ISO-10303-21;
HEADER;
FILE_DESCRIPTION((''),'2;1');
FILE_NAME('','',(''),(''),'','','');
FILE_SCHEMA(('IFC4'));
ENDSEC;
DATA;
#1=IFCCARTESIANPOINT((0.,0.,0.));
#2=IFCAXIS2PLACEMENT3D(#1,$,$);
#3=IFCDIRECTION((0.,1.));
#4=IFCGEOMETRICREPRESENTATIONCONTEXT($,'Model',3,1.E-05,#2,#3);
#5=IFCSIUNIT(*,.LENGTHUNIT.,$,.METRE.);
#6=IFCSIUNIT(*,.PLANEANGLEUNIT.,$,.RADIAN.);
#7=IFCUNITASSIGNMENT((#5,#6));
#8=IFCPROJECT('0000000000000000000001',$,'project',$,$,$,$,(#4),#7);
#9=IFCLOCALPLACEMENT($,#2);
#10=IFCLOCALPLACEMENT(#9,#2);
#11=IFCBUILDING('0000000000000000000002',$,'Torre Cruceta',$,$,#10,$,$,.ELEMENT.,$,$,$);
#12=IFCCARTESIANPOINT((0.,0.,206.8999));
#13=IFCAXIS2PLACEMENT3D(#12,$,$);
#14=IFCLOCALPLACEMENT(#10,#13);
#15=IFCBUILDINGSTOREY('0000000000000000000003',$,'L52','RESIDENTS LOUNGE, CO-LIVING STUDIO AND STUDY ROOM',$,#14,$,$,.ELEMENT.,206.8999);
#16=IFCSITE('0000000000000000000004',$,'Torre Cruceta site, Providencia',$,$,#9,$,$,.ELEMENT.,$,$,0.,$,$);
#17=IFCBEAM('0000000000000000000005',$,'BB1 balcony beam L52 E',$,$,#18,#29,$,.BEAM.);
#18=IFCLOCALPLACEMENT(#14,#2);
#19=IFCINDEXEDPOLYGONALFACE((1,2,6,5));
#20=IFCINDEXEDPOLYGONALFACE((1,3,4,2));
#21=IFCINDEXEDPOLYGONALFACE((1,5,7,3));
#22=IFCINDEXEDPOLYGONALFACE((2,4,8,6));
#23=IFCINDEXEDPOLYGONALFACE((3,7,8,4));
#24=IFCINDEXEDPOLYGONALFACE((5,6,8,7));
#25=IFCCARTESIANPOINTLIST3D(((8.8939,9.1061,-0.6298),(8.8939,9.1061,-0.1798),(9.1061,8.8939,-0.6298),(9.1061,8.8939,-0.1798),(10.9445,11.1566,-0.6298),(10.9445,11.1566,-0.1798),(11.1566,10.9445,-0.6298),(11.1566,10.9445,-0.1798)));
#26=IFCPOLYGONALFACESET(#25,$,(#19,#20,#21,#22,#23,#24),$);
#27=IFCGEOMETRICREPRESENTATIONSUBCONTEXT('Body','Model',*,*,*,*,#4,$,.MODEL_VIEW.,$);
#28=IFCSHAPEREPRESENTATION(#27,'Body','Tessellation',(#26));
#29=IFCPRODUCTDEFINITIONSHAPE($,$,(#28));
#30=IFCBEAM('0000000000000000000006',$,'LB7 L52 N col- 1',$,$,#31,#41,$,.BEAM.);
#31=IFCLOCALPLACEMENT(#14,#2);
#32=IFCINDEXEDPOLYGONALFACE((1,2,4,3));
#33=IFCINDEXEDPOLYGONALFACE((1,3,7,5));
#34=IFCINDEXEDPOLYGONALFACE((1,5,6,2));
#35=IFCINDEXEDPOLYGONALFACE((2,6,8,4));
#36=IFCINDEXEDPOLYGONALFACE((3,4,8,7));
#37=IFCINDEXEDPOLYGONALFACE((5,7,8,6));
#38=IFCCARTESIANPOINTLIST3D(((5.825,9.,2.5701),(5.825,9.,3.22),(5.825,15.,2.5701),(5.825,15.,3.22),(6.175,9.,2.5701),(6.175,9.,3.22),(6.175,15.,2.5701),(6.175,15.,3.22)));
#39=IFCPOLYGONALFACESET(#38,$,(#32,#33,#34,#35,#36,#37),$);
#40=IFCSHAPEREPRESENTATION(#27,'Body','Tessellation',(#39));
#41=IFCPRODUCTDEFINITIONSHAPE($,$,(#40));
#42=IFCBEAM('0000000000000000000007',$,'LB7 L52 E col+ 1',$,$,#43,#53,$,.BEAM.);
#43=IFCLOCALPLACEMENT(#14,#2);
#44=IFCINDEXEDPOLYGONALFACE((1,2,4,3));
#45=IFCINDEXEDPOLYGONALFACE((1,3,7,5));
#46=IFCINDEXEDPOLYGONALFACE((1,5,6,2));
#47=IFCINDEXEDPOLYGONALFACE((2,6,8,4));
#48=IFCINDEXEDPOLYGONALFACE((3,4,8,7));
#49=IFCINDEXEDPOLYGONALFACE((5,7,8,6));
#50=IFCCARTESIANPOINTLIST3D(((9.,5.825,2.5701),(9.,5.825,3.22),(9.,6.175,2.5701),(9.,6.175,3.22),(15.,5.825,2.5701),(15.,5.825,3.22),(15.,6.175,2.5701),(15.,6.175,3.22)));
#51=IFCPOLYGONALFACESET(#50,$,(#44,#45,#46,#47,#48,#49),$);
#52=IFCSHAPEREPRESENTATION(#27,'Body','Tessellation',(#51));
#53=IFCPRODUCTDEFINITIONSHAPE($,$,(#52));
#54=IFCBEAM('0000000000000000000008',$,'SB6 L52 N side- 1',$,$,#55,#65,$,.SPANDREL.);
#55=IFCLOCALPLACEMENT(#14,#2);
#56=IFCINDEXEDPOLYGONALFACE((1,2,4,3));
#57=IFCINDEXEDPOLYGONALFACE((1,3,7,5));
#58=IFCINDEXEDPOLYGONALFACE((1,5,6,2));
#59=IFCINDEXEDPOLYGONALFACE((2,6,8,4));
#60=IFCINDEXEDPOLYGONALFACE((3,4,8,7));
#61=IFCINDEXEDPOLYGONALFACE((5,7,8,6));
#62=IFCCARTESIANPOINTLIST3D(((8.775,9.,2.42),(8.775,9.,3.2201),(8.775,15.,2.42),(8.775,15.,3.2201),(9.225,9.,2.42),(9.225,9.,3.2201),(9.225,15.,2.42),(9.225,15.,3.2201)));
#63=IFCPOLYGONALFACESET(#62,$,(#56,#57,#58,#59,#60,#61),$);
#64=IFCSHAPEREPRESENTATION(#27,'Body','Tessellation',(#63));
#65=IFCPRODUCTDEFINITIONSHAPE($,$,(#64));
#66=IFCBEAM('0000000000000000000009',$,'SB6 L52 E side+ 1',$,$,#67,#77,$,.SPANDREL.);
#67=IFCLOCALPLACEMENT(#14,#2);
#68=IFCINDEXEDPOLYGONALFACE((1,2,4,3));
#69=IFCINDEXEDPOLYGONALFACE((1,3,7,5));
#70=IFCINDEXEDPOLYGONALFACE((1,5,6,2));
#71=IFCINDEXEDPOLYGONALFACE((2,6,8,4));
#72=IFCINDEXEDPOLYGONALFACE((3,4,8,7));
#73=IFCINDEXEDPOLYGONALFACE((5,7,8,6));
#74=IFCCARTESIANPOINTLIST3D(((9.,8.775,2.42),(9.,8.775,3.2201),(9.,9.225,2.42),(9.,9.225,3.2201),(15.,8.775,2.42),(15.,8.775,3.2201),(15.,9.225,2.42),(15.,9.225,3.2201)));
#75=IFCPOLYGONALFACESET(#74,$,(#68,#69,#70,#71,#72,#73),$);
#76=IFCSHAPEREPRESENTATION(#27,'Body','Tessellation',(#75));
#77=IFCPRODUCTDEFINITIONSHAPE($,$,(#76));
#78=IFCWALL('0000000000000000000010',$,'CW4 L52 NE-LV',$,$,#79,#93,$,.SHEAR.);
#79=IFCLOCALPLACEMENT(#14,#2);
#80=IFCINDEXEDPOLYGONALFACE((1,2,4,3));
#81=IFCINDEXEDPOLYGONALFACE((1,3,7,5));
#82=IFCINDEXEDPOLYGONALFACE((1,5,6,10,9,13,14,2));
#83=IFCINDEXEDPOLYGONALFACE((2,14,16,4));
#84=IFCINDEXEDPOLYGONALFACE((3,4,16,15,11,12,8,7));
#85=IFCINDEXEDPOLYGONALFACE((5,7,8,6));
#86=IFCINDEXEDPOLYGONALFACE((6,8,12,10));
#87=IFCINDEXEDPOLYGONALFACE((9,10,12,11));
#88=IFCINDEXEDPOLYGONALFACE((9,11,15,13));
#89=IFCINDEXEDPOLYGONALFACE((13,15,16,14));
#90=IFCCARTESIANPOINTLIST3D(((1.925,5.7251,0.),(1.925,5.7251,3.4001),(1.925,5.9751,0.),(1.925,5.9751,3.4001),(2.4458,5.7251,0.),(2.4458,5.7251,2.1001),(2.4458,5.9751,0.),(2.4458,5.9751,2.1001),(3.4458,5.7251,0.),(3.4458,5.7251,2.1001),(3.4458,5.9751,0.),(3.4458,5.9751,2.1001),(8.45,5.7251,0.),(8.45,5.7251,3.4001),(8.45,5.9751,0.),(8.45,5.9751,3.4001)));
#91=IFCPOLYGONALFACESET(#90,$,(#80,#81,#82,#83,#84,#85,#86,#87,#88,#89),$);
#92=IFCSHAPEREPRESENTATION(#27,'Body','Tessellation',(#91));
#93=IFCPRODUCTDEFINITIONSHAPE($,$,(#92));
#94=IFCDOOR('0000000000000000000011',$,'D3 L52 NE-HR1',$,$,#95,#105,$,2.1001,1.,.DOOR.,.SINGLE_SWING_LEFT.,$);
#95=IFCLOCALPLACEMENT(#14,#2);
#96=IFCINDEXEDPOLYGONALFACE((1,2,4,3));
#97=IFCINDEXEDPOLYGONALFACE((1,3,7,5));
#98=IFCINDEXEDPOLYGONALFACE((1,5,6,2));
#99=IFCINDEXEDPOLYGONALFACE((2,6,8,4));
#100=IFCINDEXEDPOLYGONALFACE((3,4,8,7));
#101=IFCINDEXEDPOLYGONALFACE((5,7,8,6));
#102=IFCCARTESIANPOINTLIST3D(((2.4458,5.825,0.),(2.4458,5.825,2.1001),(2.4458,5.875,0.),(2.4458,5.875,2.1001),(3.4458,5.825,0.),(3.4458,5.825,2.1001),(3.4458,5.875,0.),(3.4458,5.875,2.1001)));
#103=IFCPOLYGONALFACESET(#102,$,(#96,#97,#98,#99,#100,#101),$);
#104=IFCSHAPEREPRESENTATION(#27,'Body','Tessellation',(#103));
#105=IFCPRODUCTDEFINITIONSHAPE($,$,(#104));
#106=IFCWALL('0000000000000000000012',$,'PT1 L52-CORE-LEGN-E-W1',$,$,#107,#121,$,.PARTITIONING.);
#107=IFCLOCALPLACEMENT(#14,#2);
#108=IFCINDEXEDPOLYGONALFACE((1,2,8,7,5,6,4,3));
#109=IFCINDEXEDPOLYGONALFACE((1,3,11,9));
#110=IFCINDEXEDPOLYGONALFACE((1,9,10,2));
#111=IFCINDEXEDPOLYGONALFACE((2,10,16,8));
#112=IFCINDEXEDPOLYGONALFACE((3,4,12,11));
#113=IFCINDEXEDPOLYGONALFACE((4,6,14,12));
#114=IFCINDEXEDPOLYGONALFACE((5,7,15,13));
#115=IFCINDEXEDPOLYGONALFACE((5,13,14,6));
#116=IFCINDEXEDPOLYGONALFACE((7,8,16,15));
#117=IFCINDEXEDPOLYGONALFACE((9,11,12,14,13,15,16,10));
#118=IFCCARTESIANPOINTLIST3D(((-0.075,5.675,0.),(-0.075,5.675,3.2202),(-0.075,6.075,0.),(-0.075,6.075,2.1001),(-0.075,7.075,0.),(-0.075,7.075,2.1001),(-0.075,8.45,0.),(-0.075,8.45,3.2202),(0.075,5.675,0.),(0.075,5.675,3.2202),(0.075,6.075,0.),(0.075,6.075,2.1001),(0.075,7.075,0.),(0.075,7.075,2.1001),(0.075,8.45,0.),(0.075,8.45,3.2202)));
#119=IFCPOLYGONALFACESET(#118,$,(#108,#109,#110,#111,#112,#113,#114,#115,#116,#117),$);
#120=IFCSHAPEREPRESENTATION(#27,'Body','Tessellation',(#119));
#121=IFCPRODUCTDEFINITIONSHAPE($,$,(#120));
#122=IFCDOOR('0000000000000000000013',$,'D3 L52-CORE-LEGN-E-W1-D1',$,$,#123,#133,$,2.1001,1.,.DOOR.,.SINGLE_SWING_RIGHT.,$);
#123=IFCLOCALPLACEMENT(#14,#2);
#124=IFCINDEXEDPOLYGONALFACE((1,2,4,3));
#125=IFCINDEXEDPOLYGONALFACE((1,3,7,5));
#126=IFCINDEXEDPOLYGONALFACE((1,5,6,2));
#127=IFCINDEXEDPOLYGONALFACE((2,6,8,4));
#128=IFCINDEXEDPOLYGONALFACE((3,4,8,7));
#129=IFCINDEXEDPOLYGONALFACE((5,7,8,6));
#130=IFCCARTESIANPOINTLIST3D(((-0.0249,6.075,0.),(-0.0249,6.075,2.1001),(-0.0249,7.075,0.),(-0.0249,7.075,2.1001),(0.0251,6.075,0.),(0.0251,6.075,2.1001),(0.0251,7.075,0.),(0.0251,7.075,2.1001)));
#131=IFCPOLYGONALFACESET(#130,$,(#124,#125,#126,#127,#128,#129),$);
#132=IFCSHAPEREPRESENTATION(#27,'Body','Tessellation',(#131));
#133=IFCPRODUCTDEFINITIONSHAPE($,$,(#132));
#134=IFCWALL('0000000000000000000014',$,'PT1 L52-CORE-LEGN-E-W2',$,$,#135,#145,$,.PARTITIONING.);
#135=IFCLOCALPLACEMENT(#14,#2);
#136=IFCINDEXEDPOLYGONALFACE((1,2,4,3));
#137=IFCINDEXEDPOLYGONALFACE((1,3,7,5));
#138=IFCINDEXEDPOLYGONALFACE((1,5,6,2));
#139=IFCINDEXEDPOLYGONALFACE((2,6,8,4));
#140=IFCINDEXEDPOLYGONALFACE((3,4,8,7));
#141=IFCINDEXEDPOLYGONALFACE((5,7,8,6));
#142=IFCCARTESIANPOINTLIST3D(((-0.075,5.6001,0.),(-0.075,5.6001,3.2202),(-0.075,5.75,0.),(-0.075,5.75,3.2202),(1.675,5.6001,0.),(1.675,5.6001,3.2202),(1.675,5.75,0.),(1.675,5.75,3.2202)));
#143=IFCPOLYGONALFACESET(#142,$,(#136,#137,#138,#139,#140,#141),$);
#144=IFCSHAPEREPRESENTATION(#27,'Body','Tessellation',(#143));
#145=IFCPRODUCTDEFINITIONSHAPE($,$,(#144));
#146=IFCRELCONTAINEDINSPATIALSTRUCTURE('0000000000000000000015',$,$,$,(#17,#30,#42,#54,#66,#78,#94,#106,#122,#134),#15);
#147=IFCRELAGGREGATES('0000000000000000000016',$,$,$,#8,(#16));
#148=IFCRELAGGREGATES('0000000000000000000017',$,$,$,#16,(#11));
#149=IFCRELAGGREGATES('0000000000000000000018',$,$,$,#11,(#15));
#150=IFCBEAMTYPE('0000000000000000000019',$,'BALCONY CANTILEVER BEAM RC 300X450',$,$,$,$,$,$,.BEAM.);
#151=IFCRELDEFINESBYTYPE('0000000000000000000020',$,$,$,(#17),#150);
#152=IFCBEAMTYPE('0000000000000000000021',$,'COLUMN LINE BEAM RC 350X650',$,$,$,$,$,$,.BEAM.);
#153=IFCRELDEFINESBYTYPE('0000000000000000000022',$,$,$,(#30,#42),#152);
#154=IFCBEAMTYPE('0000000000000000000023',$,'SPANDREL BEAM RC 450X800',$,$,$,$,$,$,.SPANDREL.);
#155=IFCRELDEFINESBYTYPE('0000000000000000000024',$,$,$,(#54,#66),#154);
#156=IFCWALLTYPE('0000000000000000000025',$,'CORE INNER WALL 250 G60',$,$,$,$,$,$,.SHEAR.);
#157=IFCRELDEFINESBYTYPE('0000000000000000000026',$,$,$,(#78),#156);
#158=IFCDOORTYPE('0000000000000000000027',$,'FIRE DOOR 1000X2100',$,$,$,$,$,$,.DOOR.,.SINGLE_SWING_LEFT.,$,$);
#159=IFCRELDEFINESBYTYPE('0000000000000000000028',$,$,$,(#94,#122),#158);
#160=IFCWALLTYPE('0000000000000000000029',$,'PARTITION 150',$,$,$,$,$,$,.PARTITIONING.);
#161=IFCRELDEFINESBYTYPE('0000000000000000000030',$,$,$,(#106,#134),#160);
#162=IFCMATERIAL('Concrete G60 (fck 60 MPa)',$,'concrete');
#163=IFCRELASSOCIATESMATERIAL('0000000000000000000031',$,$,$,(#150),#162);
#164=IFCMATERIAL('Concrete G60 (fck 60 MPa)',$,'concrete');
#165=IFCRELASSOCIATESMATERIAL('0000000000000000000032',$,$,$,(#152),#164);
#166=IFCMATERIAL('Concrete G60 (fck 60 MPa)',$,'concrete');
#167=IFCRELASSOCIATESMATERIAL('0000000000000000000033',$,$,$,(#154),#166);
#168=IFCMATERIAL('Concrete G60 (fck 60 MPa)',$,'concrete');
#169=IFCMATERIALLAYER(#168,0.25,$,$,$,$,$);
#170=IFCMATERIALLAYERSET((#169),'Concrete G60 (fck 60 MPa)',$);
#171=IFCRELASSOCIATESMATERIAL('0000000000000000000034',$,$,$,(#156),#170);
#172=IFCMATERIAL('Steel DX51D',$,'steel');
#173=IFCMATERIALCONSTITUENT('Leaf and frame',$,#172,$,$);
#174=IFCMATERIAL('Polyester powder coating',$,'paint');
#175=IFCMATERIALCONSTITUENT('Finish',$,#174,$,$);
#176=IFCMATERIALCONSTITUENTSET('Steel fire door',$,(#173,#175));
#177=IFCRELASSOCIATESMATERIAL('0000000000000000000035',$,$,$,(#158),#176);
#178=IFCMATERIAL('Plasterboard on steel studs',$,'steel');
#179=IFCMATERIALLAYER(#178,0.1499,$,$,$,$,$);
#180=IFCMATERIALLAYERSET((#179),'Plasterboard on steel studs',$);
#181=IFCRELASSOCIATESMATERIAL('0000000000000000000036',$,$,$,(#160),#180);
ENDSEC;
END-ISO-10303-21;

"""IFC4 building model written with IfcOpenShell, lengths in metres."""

from ifc_helpers import new_model, si_unit, direction, frame, frame_2d, origin, origin_2d, place, context, subcontext, project, spatial, rectangle, extrude, material, layer, layer_set, constituent, constituent_set, material_profile, profile_set, type_object, element, fill, save


model = new_model("IFC4")

# Units and contexts
model_context = context("Model", 3, precision=1e-05, world=origin(), true_north=direction((0.0, 1.0)))
body_context = subcontext(model_context, "Body", "Model", "MODEL_VIEW")
ifc_project = project(units=[si_unit("LENGTHUNIT", "METRE"), si_unit("PLANEANGLEUNIT", "RADIAN")], contexts=[model_context])

# Site, building, storey
site_placement = place(None, origin())
site = spatial("IfcSite", under=ifc_project, at=site_placement, Name="Torre Cruceta site, Providencia", CompositionType="ELEMENT", RefElevation=0.0)
building_placement = place(site_placement, origin())
building = spatial("IfcBuilding", under=site, at=building_placement, Name="Torre Cruceta", CompositionType="ELEMENT")
storey_placement = place(building_placement, frame((0.0, 0.0, 206.8999)))
storey = spatial("IfcBuildingStorey", under=building, at=storey_placement, Name="L52", Description="RESIDENTS LOUNGE, CO-LIVING STUDIO AND STUDY ROOM", CompositionType="ELEMENT", Elevation=206.8999)

# Beams
ifc_material_1 = material(Name="Concrete G60 (fck 60 MPa)", Category="concrete")
ifc_material_profile_1 = material_profile(ifc_material_1, rectangle(XDim=0.3, YDim=0.45, at=origin_2d()), Name="RC 300X450")
ifc_profile_set_1 = profile_set([ifc_material_profile_1], Name="Concrete G60 (fck 60 MPa)")
beam_type_1 = type_object("IfcBeamType", Name="BALCONY CANTILEVER BEAM RC 300X450", PredefinedType="BEAM", material=ifc_profile_set_1)
beam_placement = place(storey_placement, frame((9.0, 9.0, -0.4048), z_axis=(0.707107, 0.707107, 0.0), x_axis=(-0.707107, 0.707107, 0.0)))
element("IfcBeam", 1, at=beam_placement, inside=storey, type_object=beam_type_1, Name="BB1 balcony beam L52 E", PredefinedType="BEAM", context=body_context, shape_type="SweptSolid", body=[
    extrude(rectangle(XDim=0.3, YDim=0.45, at=origin_2d()), origin(), (0.0, 0.0, 1.0), 2.8999),
])
ifc_material_2 = material(Name="Concrete G60 (fck 60 MPa)", Category="concrete")
ifc_material_profile_2 = material_profile(ifc_material_2, rectangle(XDim=0.3501, YDim=0.6499, at=origin_2d()), Name="RC 350X650")
ifc_profile_set_2 = profile_set([ifc_material_profile_2], Name="Concrete G60 (fck 60 MPa)")
beam_type_2 = type_object("IfcBeamType", Name="COLUMN LINE BEAM RC 350X650", PredefinedType="BEAM", material=ifc_profile_set_2)
for number, where, z_axis, x_axis, name in (
    (2, (6.0, 9.0, 2.895), (0.0, 1.0, 0.0), (-1.0, 0.0, 0.0), "LB7 L52 N col- 1"),
    (3, (9.0, 6.0, 2.895), (1.0, 0.0, 0.0), (0.0, 1.0, 0.0), "LB7 L52 E col+ 1"),
):
    element("IfcBeam", number, at=place(storey_placement, frame(where, z_axis=z_axis, x_axis=x_axis)), inside=storey, type_object=beam_type_2, Name=name, PredefinedType="BEAM", context=body_context, shape_type="SweptSolid", body=[
        extrude(rectangle(XDim=0.3501, YDim=0.6499, at=origin_2d()), origin(), (0.0, 0.0, 1.0), 6.0),
    ])
ifc_material_3 = material(Name="Concrete G60 (fck 60 MPa)", Category="concrete")
ifc_material_profile_3 = material_profile(ifc_material_3, rectangle(XDim=0.45, YDim=0.8, at=origin_2d()), Name="RC 450X800")
ifc_profile_set_3 = profile_set([ifc_material_profile_3], Name="Concrete G60 (fck 60 MPa)")
beam_type_3 = type_object("IfcBeamType", Name="SPANDREL BEAM RC 450X800", PredefinedType="SPANDREL", material=ifc_profile_set_3)
for number, where, z_axis, x_axis, name in (
    (4, (9.0, 9.0, 2.8201), (0.0, 1.0, 0.0), (-1.0, 0.0, 0.0), "SB6 L52 N side- 1"),
    (5, (9.0, 9.0, 2.8201), (1.0, 0.0, 0.0), (0.0, 1.0, 0.0), "SB6 L52 E side+ 1"),
):
    element("IfcBeam", number, at=place(storey_placement, frame(where, z_axis=z_axis, x_axis=x_axis)), inside=storey, type_object=beam_type_3, Name=name, PredefinedType="SPANDREL", context=body_context, shape_type="SweptSolid", body=[
        extrude(rectangle(XDim=0.45, YDim=0.8, at=origin_2d()), origin(), (0.0, 0.0, 1.0), 6.0),
    ])

# Walls, openings, doors
ifc_material_4 = material(Name="Concrete G60 (fck 60 MPa)", Category="concrete")
ifc_layer_1 = layer(ifc_material_4, 0.25)
ifc_layer_set_1 = layer_set([ifc_layer_1], Name="Concrete G60 (fck 60 MPa)")
wall_type_1 = type_object("IfcWallType", Name="CORE INNER WALL 250 G60", PredefinedType="SHEAR", material=ifc_layer_set_1)
wall_1_placement = place(storey_placement, frame((1.925, 5.8501, 0.0), z_axis=(0.0, 0.0, 1.0), x_axis=(1.0, 0.0, 0.0)))
wall_1 = element("IfcWall", 6, at=wall_1_placement, inside=storey, type_object=wall_type_1, Name="CW4 L52 NE-LV", PredefinedType="SHEAR", context=body_context, shape_type="SweptSolid", body=[
    extrude(rectangle(XDim=6.5249, YDim=0.25, at=frame_2d((3.2625, 0.0))), origin(), (0.0, 0.0, 1.0), 3.4001),
])
opening_1_placement = place(wall_1_placement, frame((0.5208, 0.0, 0.0)))
opening_1 = element("IfcOpeningElement", 7, at=opening_1_placement, cuts=wall_1, PredefinedType="OPENING", context=body_context, shape_type="SweptSolid", body=[
    extrude(rectangle(XDim=1.0, YDim=2.1001, at=frame_2d((0.5, 1.05))), frame((0.0, 0.135, 0.0), z_axis=(0.0, -1.0, 0.0), x_axis=(1.0, 0.0, 0.0)), (0.0, 0.0, 1.0), 0.27),
])
ifc_material_5 = material(Name="Steel DX51D", Category="steel")
ifc_constituent_1 = constituent(ifc_material_5, Name="Leaf and frame")
ifc_material_6 = material(Name="Polyester powder coating", Category="paint")
ifc_constituent_2 = constituent(ifc_material_6, Name="Finish")
ifc_constituent_set_1 = constituent_set(constituents=[ifc_constituent_1, ifc_constituent_2], Name="Steel fire door")
door_type_1 = type_object("IfcDoorType", Name="FIRE DOOR 1000X2100", OperationType="SINGLE_SWING_LEFT", PredefinedType="DOOR", material=ifc_constituent_set_1)
door_1_placement = place(opening_1_placement, origin())
door_1 = element("IfcDoor", 8, at=door_1_placement, inside=storey, type_object=door_type_1, Name="D3 L52 NE-HR1", OperationType="SINGLE_SWING_LEFT", OverallHeight=2.1001, OverallWidth=1.0, PredefinedType="DOOR", context=body_context, shape_type="SweptSolid", body=[
    extrude(rectangle(XDim=1.0, YDim=2.1001, at=frame_2d((0.5, 1.05))), frame((0.0, 0.0249, 0.0), z_axis=(0.0, -1.0, 0.0), x_axis=(1.0, 0.0, 0.0)), (0.0, 0.0, 1.0), 0.05),
])
fill(opening_1, door_1)
ifc_material_7 = material(Name="Plasterboard on steel studs", Category="steel")
ifc_layer_2 = layer(ifc_material_7, 0.1499)
ifc_layer_set_2 = layer_set([ifc_layer_2], Name="Plasterboard on steel studs")
wall_type_2 = type_object("IfcWallType", Name="PARTITION 150", PredefinedType="PARTITIONING", material=ifc_layer_set_2)
wall_2_placement = place(storey_placement, frame((0.0, 5.675, 0.0), z_axis=(0.0, 0.0, 1.0), x_axis=(0.0, 1.0, 0.0)))
wall_2 = element("IfcWall", 9, at=wall_2_placement, inside=storey, type_object=wall_type_2, Name="PT1 L52-CORE-LEGN-E-W1", PredefinedType="PARTITIONING", context=body_context, shape_type="SweptSolid", body=[
    extrude(rectangle(XDim=2.7749, YDim=0.1499, at=frame_2d((1.3875, 0.0))), origin(), (0.0, 0.0, 1.0), 3.2202),
])
opening_2_placement = place(wall_2_placement, frame((0.3999, 0.0, 0.0)))
opening_2 = element("IfcOpeningElement", 10, at=opening_2_placement, cuts=wall_2, PredefinedType="OPENING", context=body_context, shape_type="SweptSolid", body=[
    extrude(rectangle(XDim=1.0, YDim=2.1001, at=frame_2d((0.5, 1.05))), frame((0.0, 0.085, 0.0), z_axis=(0.0, -1.0, 0.0), x_axis=(1.0, 0.0, 0.0)), (0.0, 0.0, 1.0), 0.1699),
])
door_2_placement = place(opening_2_placement, frame((1.0, 0.0, 0.0), z_axis=(0.0, 0.0, 1.0), x_axis=(-1.0, 0.0, 0.0)))
door_2 = element("IfcDoor", 11, at=door_2_placement, inside=storey, type_object=door_type_1, Name="D3 L52-CORE-LEGN-E-W1-D1", OperationType="SINGLE_SWING_RIGHT", OverallHeight=2.1001, OverallWidth=1.0, PredefinedType="DOOR", context=body_context, shape_type="SweptSolid", body=[
    extrude(rectangle(XDim=1.0, YDim=2.1001, at=frame_2d((0.5, 1.05))), frame((0.0, 0.0251, 0.0), z_axis=(0.0, -1.0, 0.0), x_axis=(1.0, 0.0, 0.0)), (0.0, 0.0, 1.0), 0.05),
])
fill(opening_2, door_2)

# Wall
wall_3_placement = place(storey_placement, frame((1.675, 5.675, 0.0), z_axis=(0.0, 0.0, 1.0), x_axis=(-1.0, 0.0, 0.0)))
element("IfcWall", 12, at=wall_3_placement, inside=storey, type_object=wall_type_2, Name="PT1 L52-CORE-LEGN-E-W2", PredefinedType="PARTITIONING", context=body_context, shape_type="SweptSolid", body=[
    extrude(rectangle(XDim=1.75, YDim=0.1499, at=frame_2d((0.875, 0.0))), origin(), (0.0, 0.0, 1.0), 3.2202),
])

save(model, "model.ifc")
